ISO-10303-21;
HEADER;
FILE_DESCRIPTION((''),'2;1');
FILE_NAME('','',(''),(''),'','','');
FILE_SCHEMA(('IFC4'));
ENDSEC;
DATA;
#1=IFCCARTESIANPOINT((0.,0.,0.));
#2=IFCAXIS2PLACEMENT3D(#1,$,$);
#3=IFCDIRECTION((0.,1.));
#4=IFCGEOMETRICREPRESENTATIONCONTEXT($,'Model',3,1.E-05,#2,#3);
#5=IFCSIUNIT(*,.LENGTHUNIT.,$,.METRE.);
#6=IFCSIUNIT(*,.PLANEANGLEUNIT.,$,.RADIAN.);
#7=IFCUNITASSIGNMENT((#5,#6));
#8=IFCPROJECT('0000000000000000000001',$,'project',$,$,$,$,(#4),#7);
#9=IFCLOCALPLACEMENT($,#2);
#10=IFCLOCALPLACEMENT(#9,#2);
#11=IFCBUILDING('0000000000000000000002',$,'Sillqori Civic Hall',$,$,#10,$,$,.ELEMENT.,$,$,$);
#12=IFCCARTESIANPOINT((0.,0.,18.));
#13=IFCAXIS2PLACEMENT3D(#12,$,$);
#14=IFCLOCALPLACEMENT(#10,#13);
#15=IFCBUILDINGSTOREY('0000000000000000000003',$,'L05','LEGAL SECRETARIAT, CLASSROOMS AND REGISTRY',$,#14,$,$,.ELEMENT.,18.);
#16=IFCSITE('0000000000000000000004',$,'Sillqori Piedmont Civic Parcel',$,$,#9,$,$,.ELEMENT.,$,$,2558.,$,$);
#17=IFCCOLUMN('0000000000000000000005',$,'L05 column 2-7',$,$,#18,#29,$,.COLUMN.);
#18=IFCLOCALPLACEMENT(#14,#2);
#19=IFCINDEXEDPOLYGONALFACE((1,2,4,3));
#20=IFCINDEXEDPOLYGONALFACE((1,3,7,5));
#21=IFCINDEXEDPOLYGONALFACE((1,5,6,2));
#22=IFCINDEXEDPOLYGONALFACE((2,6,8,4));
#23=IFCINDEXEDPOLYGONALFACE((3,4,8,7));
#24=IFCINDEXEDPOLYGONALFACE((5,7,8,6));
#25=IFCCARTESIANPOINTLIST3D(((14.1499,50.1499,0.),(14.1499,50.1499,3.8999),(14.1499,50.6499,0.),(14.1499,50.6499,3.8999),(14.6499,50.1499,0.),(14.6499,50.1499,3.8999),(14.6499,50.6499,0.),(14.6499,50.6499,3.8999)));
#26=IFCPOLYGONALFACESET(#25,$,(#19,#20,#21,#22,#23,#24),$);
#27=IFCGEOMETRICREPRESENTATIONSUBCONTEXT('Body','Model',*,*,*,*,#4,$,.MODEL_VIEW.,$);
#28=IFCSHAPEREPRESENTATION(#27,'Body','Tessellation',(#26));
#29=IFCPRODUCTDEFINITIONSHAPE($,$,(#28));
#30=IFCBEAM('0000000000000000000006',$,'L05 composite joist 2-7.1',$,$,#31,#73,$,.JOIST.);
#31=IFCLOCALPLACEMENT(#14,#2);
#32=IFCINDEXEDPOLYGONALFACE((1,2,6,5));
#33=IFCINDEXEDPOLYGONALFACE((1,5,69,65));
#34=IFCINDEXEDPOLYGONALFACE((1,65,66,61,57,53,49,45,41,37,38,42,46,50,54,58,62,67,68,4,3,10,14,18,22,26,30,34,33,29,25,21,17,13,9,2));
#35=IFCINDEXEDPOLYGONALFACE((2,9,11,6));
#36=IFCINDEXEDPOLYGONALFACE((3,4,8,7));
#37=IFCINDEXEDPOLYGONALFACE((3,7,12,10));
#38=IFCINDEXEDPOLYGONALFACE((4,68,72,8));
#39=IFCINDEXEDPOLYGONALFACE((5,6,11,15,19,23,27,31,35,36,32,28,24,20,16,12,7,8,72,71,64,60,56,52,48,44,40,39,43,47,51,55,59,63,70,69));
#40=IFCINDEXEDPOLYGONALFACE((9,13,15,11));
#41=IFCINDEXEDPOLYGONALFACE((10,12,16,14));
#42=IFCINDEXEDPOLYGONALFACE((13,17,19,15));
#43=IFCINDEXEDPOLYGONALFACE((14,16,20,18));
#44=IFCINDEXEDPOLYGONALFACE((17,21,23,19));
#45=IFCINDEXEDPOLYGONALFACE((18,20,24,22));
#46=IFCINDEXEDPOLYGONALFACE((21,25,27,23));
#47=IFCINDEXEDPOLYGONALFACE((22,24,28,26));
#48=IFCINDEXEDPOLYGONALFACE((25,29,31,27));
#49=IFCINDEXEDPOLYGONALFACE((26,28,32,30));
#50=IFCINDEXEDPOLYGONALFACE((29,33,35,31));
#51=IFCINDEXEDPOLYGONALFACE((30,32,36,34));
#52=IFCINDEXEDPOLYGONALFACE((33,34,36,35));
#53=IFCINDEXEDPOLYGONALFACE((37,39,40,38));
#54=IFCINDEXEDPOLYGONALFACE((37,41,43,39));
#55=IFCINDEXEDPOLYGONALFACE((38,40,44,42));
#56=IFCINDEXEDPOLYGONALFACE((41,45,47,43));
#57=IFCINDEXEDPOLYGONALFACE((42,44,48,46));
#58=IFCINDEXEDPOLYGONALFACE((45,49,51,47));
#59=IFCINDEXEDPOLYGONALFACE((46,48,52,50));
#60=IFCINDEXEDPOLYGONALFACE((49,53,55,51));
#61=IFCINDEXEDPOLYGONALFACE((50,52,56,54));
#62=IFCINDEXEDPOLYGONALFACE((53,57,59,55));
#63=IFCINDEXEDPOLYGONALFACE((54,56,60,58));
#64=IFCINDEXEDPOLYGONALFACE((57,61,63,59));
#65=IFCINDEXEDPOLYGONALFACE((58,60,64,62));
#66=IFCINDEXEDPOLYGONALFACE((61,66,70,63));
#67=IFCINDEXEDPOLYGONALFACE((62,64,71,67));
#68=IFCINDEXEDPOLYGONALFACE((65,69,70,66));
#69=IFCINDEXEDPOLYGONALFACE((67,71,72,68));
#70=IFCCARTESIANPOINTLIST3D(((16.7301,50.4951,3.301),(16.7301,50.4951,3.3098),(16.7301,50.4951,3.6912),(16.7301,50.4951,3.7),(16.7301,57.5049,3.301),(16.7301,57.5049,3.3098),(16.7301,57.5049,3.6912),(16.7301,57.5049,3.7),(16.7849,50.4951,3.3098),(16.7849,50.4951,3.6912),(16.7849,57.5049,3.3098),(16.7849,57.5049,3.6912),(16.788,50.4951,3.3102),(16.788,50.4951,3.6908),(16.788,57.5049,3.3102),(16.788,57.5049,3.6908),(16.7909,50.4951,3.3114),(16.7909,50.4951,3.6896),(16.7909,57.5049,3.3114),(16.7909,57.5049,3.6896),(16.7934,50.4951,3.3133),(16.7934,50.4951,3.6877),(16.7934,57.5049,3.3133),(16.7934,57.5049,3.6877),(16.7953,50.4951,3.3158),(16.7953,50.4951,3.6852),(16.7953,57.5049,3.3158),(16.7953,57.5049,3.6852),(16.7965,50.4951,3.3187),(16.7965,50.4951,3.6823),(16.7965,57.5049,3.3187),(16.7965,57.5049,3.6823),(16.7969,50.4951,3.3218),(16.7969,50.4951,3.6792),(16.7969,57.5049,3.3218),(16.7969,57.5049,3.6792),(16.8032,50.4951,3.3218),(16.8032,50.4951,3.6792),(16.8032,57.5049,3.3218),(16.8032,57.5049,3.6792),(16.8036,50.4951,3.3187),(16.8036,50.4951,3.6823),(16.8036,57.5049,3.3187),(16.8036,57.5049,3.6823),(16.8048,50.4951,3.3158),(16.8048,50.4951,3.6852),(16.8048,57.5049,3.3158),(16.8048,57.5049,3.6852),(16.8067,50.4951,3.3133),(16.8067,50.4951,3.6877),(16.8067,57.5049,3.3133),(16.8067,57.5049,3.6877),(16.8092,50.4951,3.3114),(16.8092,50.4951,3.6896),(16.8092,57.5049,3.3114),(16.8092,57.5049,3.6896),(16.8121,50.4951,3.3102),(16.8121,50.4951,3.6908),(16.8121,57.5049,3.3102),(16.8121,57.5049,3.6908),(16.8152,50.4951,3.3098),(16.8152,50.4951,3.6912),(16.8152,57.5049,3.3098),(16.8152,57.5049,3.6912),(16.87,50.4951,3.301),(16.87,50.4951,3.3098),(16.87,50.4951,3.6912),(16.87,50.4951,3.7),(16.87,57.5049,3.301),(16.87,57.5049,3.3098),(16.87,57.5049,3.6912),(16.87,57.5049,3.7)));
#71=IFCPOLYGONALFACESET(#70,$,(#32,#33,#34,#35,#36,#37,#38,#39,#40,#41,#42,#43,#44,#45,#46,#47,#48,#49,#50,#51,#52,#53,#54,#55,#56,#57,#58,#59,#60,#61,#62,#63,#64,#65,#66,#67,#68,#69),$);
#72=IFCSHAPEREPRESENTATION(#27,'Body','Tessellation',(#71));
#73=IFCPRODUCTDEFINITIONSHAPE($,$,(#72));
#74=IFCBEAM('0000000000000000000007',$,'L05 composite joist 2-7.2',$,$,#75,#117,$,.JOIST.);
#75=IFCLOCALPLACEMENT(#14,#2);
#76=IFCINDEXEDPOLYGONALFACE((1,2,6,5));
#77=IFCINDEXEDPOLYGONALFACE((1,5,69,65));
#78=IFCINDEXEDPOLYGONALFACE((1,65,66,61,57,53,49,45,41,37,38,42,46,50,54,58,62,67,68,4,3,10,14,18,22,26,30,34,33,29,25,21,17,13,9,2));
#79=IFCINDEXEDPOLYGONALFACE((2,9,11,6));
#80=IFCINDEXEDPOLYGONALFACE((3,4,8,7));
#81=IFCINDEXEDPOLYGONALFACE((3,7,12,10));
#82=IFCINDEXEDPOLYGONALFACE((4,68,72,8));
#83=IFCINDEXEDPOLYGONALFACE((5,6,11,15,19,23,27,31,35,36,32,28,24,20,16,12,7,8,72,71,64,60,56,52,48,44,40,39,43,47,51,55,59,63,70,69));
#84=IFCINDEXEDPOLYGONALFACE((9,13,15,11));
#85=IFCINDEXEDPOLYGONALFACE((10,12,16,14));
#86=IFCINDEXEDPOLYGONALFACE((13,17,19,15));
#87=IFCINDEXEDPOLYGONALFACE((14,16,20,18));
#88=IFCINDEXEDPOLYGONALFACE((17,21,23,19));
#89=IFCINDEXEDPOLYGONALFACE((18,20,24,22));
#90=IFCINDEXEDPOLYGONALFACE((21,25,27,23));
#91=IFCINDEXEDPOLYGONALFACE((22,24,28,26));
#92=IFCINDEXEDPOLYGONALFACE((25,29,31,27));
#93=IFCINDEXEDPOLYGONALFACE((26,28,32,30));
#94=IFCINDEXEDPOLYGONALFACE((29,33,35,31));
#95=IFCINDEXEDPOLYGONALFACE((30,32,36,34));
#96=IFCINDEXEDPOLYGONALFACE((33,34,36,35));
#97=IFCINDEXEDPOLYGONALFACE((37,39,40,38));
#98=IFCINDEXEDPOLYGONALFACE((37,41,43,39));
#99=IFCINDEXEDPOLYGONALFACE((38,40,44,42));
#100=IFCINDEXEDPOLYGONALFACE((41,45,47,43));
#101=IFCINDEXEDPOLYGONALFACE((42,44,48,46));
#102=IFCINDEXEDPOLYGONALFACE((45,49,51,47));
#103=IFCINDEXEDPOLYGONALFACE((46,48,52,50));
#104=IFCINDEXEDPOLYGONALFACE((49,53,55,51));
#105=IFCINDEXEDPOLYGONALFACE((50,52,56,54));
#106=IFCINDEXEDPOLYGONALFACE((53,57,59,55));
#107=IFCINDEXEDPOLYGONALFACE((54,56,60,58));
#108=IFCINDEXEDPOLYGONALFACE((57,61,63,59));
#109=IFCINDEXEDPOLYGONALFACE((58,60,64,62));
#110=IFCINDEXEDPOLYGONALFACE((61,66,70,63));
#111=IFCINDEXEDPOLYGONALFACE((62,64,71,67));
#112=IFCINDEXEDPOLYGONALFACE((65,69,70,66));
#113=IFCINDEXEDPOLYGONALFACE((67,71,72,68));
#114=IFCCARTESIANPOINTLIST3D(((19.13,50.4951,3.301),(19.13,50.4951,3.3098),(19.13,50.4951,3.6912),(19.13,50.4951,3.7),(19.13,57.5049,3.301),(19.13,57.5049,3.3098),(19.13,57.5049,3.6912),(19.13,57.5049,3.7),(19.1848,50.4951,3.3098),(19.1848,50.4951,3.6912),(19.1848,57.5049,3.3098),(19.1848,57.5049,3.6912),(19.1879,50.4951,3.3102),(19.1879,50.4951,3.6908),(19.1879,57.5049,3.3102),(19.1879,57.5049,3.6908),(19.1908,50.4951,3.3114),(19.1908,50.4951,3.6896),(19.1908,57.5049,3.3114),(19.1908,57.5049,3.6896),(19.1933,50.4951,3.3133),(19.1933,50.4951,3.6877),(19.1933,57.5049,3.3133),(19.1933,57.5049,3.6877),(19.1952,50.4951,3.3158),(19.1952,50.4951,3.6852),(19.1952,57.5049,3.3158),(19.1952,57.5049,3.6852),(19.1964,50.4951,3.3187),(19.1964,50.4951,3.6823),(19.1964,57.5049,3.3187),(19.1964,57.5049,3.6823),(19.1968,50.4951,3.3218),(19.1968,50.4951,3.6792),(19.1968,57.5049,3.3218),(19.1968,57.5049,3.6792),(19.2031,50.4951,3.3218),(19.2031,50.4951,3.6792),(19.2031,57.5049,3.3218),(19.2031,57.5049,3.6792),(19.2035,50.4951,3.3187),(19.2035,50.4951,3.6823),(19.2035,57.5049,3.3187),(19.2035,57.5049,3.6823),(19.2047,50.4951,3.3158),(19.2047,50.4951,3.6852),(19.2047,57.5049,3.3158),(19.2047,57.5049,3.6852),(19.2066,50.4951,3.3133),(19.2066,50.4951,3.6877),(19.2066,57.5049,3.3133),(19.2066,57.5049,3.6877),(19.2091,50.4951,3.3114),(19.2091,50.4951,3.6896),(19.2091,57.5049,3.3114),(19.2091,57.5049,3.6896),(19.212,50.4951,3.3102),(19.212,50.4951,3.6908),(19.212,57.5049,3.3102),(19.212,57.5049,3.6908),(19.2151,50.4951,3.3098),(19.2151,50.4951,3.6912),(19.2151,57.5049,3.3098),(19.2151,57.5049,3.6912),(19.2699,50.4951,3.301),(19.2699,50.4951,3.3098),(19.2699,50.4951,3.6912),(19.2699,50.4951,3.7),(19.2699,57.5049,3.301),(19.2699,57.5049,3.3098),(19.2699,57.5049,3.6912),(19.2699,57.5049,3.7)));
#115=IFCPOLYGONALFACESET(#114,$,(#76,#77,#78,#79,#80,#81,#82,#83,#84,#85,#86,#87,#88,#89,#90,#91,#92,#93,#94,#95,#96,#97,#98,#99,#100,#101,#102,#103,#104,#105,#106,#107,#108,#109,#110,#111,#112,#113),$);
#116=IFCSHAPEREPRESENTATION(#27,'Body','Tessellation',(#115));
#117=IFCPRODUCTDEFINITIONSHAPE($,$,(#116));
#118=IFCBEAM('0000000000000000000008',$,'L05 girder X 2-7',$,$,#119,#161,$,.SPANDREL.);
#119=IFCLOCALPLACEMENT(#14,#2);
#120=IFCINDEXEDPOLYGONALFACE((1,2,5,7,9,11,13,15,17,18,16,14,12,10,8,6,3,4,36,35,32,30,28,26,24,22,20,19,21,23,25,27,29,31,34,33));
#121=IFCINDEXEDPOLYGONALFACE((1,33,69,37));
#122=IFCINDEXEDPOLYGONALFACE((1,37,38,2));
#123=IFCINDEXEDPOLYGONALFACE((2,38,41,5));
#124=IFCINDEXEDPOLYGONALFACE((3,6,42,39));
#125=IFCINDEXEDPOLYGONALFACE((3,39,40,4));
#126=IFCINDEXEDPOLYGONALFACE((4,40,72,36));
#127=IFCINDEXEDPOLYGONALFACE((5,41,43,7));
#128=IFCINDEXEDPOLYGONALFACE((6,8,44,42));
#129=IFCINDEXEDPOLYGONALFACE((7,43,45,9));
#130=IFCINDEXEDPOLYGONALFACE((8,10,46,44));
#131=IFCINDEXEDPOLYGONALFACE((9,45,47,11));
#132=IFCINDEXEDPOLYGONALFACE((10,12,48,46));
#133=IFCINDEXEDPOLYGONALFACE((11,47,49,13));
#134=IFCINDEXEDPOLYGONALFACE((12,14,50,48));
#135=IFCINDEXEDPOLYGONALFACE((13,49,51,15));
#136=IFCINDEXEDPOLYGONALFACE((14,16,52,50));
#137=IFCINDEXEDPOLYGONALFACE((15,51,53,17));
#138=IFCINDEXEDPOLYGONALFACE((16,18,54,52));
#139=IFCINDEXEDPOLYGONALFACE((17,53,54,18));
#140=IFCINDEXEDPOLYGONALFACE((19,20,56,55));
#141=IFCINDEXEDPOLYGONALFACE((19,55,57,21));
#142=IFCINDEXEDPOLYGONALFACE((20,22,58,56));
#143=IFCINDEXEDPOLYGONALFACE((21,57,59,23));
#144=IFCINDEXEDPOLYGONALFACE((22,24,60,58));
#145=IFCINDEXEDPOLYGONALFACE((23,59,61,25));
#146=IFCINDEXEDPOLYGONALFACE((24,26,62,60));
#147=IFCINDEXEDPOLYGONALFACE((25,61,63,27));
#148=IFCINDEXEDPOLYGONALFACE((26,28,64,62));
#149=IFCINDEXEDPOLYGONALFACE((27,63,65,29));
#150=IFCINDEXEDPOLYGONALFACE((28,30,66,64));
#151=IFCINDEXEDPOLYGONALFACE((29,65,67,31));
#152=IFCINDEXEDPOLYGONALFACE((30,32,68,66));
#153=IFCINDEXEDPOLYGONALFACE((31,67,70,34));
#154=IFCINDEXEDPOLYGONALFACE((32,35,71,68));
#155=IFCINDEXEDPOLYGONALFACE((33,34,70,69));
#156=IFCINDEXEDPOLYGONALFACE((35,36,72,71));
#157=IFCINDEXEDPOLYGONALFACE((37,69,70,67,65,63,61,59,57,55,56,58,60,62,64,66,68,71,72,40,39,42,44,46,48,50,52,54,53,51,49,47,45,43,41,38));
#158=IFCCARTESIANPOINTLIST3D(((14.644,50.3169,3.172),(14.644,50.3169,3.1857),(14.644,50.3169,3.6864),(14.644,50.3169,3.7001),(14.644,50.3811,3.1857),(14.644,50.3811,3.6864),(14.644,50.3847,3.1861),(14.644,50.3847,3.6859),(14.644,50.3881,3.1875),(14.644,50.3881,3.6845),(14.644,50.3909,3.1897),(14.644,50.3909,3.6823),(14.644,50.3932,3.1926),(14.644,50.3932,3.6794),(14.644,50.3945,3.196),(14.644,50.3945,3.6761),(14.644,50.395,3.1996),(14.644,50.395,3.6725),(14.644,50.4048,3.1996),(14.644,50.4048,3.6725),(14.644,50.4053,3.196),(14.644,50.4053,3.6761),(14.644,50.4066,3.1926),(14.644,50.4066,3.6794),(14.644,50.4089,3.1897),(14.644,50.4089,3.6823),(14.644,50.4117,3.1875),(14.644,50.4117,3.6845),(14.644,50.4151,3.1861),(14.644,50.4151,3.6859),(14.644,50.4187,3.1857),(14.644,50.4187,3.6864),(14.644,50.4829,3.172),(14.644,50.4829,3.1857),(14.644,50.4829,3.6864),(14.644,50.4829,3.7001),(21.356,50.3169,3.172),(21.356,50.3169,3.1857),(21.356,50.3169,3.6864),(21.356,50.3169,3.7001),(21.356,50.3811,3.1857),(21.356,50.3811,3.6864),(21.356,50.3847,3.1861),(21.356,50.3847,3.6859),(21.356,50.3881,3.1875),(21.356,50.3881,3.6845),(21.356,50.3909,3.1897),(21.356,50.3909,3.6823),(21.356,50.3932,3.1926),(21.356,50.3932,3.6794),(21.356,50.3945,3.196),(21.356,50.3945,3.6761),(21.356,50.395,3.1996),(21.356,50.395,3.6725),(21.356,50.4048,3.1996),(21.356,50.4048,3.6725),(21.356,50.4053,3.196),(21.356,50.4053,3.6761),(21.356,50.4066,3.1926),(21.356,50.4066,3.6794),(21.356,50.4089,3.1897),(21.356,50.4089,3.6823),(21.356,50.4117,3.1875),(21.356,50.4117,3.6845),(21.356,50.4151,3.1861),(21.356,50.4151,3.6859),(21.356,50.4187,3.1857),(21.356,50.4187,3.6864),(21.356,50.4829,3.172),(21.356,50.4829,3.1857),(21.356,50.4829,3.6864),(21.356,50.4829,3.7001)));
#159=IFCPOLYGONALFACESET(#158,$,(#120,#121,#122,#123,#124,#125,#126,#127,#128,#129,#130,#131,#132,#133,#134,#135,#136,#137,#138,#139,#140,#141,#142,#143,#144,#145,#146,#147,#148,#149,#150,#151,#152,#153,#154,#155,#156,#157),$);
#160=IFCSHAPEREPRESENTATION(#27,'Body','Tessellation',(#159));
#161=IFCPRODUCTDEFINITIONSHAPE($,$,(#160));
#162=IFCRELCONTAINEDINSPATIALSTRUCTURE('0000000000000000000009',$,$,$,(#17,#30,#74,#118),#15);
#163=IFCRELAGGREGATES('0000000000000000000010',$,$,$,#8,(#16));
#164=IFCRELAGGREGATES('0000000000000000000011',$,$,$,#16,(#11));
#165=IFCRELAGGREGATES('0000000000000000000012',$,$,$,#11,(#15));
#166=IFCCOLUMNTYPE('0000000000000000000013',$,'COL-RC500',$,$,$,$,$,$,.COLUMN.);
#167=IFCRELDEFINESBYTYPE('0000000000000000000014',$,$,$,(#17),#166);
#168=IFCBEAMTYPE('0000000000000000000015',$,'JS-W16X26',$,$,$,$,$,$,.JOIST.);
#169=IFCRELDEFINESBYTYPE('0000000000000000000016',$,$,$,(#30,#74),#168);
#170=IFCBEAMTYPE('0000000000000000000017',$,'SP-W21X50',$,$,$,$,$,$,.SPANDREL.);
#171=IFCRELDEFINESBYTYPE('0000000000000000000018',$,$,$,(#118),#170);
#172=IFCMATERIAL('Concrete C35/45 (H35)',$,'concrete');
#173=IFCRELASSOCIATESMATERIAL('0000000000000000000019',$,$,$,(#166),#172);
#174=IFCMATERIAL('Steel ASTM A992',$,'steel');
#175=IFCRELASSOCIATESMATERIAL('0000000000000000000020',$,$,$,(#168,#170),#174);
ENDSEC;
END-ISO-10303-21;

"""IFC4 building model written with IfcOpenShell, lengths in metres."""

from ifc_helpers import new_model, si_unit, direction, frame, origin, origin_2d, place, context, subcontext, project, spatial, rectangle, i_section, extrude, material, material_profile, profile_set, type_object, element, save


model = new_model("IFC4")

# Units and contexts
model_context = context("Model", 3, precision=1e-05, world=origin(), true_north=direction((0.0, 1.0)))
body_context = subcontext(model_context, "Body", "Model", "MODEL_VIEW")
ifc_project = project(units=[si_unit("LENGTHUNIT", "METRE"), si_unit("PLANEANGLEUNIT", "RADIAN")], contexts=[model_context])

# Site, building, storey
site_placement = place(None, origin())
site = spatial("IfcSite", under=ifc_project, at=site_placement, Name="Sillqori Piedmont Civic Parcel", CompositionType="ELEMENT", RefElevation=2558.0)
building_placement = place(site_placement, origin())
building = spatial("IfcBuilding", under=site, at=building_placement, Name="Sillqori Civic Hall", CompositionType="ELEMENT")
storey_placement = place(building_placement, frame((0.0, 0.0, 18.0)))
storey = spatial("IfcBuildingStorey", under=building, at=storey_placement, Name="L05", Description="LEGAL SECRETARIAT, CLASSROOMS AND REGISTRY", CompositionType="ELEMENT", Elevation=18.0)

# Column
ifc_material_1 = material(Name="Concrete C35/45 (H35)", Category="concrete")
ifc_material_profile_1 = material_profile(ifc_material_1, rectangle(XDim=0.5, YDim=0.5, at=origin_2d()), Name="RC 500x500")
ifc_profile_set_1 = profile_set([ifc_material_profile_1], Name="Concrete C35/45 (H35)")
column_type = type_object("IfcColumnType", Name="COL-RC500", PredefinedType="COLUMN", material=ifc_profile_set_1)
column_placement = place(storey_placement, frame((14.3999, 50.3999, 0.0), z_axis=(0.0, 0.0, 1.0), x_axis=(1.0, 0.0, 0.0)))
element("IfcColumn", 1, at=column_placement, inside=storey, type_object=column_type, Name="L05 column 2-7", PredefinedType="COLUMN", context=body_context, shape_type="SweptSolid", body=[
    extrude(rectangle(XDim=0.5, YDim=0.5, at=origin_2d()), origin(), (0.0, 0.0, 1.0), 3.8999),
])

# Beams
ifc_material_2 = material(Name="Steel ASTM A992", Category="steel")
ifc_material_profile_2 = material_profile(ifc_material_2, i_section(OverallWidth=0.1399, OverallDepth=0.3989, WebThickness=0.0063, FlangeThickness=0.0088, FilletRadius=0.012, at=origin_2d()), Name="W16X26")
ifc_profile_set_2 = profile_set([ifc_material_profile_2], Name="Steel ASTM A992")
beam_type_1 = type_object("IfcBeamType", Name="JS-W16X26", PredefinedType="JOIST", material=ifc_profile_set_2)
for number, where, z_axis, x_axis, name in (
    (2, (16.8, 50.4951, 3.5005), (0.0, 1.0, 0.0), (-1.0, 0.0, 0.0), "L05 composite joist 2-7.1"),
    (3, (19.2, 50.4951, 3.5005), (0.0, 1.0, 0.0), (-1.0, 0.0, 0.0), "L05 composite joist 2-7.2"),
):
    element("IfcBeam", number, at=place(storey_placement, frame(where, z_axis=z_axis, x_axis=x_axis)), inside=storey, type_object=beam_type_1, Name=name, PredefinedType="JOIST", context=body_context, shape_type="SweptSolid", body=[
        extrude(i_section(OverallWidth=0.1399, OverallDepth=0.3989, WebThickness=0.0063, FlangeThickness=0.0088, FilletRadius=0.012, at=origin_2d()), origin(), (0.0, 0.0, 1.0), 7.0098),
    ])
ifc_material_profile_3 = material_profile(ifc_material_2, i_section(OverallWidth=0.166, OverallDepth=0.5281, WebThickness=0.0098, FlangeThickness=0.0137, FilletRadius=0.0139, at=origin_2d()), Name="W21X50")
ifc_profile_set_3 = profile_set([ifc_material_profile_3], Name="Steel ASTM A992")
beam_type_2 = type_object("IfcBeamType", Name="SP-W21X50", PredefinedType="SPANDREL", material=ifc_profile_set_3)
for number, where, z_axis, x_axis, name in (
    (4, (14.644, 50.3999, 3.436), (1.0, 0.0, 0.0), (0.0, 1.0, 0.0), "L05 girder X 2-7"),
):
    element("IfcBeam", number, at=place(storey_placement, frame(where, z_axis=z_axis, x_axis=x_axis)), inside=storey, type_object=beam_type_2, Name=name, PredefinedType="SPANDREL", context=body_context, shape_type="SweptSolid", body=[
        extrude(i_section(OverallWidth=0.166, OverallDepth=0.5281, WebThickness=0.0098, FlangeThickness=0.0137, FilletRadius=0.0139, at=origin_2d()), origin(), (0.0, 0.0, 1.0), 6.7119),
    ])

save(model, "model.ifc")
